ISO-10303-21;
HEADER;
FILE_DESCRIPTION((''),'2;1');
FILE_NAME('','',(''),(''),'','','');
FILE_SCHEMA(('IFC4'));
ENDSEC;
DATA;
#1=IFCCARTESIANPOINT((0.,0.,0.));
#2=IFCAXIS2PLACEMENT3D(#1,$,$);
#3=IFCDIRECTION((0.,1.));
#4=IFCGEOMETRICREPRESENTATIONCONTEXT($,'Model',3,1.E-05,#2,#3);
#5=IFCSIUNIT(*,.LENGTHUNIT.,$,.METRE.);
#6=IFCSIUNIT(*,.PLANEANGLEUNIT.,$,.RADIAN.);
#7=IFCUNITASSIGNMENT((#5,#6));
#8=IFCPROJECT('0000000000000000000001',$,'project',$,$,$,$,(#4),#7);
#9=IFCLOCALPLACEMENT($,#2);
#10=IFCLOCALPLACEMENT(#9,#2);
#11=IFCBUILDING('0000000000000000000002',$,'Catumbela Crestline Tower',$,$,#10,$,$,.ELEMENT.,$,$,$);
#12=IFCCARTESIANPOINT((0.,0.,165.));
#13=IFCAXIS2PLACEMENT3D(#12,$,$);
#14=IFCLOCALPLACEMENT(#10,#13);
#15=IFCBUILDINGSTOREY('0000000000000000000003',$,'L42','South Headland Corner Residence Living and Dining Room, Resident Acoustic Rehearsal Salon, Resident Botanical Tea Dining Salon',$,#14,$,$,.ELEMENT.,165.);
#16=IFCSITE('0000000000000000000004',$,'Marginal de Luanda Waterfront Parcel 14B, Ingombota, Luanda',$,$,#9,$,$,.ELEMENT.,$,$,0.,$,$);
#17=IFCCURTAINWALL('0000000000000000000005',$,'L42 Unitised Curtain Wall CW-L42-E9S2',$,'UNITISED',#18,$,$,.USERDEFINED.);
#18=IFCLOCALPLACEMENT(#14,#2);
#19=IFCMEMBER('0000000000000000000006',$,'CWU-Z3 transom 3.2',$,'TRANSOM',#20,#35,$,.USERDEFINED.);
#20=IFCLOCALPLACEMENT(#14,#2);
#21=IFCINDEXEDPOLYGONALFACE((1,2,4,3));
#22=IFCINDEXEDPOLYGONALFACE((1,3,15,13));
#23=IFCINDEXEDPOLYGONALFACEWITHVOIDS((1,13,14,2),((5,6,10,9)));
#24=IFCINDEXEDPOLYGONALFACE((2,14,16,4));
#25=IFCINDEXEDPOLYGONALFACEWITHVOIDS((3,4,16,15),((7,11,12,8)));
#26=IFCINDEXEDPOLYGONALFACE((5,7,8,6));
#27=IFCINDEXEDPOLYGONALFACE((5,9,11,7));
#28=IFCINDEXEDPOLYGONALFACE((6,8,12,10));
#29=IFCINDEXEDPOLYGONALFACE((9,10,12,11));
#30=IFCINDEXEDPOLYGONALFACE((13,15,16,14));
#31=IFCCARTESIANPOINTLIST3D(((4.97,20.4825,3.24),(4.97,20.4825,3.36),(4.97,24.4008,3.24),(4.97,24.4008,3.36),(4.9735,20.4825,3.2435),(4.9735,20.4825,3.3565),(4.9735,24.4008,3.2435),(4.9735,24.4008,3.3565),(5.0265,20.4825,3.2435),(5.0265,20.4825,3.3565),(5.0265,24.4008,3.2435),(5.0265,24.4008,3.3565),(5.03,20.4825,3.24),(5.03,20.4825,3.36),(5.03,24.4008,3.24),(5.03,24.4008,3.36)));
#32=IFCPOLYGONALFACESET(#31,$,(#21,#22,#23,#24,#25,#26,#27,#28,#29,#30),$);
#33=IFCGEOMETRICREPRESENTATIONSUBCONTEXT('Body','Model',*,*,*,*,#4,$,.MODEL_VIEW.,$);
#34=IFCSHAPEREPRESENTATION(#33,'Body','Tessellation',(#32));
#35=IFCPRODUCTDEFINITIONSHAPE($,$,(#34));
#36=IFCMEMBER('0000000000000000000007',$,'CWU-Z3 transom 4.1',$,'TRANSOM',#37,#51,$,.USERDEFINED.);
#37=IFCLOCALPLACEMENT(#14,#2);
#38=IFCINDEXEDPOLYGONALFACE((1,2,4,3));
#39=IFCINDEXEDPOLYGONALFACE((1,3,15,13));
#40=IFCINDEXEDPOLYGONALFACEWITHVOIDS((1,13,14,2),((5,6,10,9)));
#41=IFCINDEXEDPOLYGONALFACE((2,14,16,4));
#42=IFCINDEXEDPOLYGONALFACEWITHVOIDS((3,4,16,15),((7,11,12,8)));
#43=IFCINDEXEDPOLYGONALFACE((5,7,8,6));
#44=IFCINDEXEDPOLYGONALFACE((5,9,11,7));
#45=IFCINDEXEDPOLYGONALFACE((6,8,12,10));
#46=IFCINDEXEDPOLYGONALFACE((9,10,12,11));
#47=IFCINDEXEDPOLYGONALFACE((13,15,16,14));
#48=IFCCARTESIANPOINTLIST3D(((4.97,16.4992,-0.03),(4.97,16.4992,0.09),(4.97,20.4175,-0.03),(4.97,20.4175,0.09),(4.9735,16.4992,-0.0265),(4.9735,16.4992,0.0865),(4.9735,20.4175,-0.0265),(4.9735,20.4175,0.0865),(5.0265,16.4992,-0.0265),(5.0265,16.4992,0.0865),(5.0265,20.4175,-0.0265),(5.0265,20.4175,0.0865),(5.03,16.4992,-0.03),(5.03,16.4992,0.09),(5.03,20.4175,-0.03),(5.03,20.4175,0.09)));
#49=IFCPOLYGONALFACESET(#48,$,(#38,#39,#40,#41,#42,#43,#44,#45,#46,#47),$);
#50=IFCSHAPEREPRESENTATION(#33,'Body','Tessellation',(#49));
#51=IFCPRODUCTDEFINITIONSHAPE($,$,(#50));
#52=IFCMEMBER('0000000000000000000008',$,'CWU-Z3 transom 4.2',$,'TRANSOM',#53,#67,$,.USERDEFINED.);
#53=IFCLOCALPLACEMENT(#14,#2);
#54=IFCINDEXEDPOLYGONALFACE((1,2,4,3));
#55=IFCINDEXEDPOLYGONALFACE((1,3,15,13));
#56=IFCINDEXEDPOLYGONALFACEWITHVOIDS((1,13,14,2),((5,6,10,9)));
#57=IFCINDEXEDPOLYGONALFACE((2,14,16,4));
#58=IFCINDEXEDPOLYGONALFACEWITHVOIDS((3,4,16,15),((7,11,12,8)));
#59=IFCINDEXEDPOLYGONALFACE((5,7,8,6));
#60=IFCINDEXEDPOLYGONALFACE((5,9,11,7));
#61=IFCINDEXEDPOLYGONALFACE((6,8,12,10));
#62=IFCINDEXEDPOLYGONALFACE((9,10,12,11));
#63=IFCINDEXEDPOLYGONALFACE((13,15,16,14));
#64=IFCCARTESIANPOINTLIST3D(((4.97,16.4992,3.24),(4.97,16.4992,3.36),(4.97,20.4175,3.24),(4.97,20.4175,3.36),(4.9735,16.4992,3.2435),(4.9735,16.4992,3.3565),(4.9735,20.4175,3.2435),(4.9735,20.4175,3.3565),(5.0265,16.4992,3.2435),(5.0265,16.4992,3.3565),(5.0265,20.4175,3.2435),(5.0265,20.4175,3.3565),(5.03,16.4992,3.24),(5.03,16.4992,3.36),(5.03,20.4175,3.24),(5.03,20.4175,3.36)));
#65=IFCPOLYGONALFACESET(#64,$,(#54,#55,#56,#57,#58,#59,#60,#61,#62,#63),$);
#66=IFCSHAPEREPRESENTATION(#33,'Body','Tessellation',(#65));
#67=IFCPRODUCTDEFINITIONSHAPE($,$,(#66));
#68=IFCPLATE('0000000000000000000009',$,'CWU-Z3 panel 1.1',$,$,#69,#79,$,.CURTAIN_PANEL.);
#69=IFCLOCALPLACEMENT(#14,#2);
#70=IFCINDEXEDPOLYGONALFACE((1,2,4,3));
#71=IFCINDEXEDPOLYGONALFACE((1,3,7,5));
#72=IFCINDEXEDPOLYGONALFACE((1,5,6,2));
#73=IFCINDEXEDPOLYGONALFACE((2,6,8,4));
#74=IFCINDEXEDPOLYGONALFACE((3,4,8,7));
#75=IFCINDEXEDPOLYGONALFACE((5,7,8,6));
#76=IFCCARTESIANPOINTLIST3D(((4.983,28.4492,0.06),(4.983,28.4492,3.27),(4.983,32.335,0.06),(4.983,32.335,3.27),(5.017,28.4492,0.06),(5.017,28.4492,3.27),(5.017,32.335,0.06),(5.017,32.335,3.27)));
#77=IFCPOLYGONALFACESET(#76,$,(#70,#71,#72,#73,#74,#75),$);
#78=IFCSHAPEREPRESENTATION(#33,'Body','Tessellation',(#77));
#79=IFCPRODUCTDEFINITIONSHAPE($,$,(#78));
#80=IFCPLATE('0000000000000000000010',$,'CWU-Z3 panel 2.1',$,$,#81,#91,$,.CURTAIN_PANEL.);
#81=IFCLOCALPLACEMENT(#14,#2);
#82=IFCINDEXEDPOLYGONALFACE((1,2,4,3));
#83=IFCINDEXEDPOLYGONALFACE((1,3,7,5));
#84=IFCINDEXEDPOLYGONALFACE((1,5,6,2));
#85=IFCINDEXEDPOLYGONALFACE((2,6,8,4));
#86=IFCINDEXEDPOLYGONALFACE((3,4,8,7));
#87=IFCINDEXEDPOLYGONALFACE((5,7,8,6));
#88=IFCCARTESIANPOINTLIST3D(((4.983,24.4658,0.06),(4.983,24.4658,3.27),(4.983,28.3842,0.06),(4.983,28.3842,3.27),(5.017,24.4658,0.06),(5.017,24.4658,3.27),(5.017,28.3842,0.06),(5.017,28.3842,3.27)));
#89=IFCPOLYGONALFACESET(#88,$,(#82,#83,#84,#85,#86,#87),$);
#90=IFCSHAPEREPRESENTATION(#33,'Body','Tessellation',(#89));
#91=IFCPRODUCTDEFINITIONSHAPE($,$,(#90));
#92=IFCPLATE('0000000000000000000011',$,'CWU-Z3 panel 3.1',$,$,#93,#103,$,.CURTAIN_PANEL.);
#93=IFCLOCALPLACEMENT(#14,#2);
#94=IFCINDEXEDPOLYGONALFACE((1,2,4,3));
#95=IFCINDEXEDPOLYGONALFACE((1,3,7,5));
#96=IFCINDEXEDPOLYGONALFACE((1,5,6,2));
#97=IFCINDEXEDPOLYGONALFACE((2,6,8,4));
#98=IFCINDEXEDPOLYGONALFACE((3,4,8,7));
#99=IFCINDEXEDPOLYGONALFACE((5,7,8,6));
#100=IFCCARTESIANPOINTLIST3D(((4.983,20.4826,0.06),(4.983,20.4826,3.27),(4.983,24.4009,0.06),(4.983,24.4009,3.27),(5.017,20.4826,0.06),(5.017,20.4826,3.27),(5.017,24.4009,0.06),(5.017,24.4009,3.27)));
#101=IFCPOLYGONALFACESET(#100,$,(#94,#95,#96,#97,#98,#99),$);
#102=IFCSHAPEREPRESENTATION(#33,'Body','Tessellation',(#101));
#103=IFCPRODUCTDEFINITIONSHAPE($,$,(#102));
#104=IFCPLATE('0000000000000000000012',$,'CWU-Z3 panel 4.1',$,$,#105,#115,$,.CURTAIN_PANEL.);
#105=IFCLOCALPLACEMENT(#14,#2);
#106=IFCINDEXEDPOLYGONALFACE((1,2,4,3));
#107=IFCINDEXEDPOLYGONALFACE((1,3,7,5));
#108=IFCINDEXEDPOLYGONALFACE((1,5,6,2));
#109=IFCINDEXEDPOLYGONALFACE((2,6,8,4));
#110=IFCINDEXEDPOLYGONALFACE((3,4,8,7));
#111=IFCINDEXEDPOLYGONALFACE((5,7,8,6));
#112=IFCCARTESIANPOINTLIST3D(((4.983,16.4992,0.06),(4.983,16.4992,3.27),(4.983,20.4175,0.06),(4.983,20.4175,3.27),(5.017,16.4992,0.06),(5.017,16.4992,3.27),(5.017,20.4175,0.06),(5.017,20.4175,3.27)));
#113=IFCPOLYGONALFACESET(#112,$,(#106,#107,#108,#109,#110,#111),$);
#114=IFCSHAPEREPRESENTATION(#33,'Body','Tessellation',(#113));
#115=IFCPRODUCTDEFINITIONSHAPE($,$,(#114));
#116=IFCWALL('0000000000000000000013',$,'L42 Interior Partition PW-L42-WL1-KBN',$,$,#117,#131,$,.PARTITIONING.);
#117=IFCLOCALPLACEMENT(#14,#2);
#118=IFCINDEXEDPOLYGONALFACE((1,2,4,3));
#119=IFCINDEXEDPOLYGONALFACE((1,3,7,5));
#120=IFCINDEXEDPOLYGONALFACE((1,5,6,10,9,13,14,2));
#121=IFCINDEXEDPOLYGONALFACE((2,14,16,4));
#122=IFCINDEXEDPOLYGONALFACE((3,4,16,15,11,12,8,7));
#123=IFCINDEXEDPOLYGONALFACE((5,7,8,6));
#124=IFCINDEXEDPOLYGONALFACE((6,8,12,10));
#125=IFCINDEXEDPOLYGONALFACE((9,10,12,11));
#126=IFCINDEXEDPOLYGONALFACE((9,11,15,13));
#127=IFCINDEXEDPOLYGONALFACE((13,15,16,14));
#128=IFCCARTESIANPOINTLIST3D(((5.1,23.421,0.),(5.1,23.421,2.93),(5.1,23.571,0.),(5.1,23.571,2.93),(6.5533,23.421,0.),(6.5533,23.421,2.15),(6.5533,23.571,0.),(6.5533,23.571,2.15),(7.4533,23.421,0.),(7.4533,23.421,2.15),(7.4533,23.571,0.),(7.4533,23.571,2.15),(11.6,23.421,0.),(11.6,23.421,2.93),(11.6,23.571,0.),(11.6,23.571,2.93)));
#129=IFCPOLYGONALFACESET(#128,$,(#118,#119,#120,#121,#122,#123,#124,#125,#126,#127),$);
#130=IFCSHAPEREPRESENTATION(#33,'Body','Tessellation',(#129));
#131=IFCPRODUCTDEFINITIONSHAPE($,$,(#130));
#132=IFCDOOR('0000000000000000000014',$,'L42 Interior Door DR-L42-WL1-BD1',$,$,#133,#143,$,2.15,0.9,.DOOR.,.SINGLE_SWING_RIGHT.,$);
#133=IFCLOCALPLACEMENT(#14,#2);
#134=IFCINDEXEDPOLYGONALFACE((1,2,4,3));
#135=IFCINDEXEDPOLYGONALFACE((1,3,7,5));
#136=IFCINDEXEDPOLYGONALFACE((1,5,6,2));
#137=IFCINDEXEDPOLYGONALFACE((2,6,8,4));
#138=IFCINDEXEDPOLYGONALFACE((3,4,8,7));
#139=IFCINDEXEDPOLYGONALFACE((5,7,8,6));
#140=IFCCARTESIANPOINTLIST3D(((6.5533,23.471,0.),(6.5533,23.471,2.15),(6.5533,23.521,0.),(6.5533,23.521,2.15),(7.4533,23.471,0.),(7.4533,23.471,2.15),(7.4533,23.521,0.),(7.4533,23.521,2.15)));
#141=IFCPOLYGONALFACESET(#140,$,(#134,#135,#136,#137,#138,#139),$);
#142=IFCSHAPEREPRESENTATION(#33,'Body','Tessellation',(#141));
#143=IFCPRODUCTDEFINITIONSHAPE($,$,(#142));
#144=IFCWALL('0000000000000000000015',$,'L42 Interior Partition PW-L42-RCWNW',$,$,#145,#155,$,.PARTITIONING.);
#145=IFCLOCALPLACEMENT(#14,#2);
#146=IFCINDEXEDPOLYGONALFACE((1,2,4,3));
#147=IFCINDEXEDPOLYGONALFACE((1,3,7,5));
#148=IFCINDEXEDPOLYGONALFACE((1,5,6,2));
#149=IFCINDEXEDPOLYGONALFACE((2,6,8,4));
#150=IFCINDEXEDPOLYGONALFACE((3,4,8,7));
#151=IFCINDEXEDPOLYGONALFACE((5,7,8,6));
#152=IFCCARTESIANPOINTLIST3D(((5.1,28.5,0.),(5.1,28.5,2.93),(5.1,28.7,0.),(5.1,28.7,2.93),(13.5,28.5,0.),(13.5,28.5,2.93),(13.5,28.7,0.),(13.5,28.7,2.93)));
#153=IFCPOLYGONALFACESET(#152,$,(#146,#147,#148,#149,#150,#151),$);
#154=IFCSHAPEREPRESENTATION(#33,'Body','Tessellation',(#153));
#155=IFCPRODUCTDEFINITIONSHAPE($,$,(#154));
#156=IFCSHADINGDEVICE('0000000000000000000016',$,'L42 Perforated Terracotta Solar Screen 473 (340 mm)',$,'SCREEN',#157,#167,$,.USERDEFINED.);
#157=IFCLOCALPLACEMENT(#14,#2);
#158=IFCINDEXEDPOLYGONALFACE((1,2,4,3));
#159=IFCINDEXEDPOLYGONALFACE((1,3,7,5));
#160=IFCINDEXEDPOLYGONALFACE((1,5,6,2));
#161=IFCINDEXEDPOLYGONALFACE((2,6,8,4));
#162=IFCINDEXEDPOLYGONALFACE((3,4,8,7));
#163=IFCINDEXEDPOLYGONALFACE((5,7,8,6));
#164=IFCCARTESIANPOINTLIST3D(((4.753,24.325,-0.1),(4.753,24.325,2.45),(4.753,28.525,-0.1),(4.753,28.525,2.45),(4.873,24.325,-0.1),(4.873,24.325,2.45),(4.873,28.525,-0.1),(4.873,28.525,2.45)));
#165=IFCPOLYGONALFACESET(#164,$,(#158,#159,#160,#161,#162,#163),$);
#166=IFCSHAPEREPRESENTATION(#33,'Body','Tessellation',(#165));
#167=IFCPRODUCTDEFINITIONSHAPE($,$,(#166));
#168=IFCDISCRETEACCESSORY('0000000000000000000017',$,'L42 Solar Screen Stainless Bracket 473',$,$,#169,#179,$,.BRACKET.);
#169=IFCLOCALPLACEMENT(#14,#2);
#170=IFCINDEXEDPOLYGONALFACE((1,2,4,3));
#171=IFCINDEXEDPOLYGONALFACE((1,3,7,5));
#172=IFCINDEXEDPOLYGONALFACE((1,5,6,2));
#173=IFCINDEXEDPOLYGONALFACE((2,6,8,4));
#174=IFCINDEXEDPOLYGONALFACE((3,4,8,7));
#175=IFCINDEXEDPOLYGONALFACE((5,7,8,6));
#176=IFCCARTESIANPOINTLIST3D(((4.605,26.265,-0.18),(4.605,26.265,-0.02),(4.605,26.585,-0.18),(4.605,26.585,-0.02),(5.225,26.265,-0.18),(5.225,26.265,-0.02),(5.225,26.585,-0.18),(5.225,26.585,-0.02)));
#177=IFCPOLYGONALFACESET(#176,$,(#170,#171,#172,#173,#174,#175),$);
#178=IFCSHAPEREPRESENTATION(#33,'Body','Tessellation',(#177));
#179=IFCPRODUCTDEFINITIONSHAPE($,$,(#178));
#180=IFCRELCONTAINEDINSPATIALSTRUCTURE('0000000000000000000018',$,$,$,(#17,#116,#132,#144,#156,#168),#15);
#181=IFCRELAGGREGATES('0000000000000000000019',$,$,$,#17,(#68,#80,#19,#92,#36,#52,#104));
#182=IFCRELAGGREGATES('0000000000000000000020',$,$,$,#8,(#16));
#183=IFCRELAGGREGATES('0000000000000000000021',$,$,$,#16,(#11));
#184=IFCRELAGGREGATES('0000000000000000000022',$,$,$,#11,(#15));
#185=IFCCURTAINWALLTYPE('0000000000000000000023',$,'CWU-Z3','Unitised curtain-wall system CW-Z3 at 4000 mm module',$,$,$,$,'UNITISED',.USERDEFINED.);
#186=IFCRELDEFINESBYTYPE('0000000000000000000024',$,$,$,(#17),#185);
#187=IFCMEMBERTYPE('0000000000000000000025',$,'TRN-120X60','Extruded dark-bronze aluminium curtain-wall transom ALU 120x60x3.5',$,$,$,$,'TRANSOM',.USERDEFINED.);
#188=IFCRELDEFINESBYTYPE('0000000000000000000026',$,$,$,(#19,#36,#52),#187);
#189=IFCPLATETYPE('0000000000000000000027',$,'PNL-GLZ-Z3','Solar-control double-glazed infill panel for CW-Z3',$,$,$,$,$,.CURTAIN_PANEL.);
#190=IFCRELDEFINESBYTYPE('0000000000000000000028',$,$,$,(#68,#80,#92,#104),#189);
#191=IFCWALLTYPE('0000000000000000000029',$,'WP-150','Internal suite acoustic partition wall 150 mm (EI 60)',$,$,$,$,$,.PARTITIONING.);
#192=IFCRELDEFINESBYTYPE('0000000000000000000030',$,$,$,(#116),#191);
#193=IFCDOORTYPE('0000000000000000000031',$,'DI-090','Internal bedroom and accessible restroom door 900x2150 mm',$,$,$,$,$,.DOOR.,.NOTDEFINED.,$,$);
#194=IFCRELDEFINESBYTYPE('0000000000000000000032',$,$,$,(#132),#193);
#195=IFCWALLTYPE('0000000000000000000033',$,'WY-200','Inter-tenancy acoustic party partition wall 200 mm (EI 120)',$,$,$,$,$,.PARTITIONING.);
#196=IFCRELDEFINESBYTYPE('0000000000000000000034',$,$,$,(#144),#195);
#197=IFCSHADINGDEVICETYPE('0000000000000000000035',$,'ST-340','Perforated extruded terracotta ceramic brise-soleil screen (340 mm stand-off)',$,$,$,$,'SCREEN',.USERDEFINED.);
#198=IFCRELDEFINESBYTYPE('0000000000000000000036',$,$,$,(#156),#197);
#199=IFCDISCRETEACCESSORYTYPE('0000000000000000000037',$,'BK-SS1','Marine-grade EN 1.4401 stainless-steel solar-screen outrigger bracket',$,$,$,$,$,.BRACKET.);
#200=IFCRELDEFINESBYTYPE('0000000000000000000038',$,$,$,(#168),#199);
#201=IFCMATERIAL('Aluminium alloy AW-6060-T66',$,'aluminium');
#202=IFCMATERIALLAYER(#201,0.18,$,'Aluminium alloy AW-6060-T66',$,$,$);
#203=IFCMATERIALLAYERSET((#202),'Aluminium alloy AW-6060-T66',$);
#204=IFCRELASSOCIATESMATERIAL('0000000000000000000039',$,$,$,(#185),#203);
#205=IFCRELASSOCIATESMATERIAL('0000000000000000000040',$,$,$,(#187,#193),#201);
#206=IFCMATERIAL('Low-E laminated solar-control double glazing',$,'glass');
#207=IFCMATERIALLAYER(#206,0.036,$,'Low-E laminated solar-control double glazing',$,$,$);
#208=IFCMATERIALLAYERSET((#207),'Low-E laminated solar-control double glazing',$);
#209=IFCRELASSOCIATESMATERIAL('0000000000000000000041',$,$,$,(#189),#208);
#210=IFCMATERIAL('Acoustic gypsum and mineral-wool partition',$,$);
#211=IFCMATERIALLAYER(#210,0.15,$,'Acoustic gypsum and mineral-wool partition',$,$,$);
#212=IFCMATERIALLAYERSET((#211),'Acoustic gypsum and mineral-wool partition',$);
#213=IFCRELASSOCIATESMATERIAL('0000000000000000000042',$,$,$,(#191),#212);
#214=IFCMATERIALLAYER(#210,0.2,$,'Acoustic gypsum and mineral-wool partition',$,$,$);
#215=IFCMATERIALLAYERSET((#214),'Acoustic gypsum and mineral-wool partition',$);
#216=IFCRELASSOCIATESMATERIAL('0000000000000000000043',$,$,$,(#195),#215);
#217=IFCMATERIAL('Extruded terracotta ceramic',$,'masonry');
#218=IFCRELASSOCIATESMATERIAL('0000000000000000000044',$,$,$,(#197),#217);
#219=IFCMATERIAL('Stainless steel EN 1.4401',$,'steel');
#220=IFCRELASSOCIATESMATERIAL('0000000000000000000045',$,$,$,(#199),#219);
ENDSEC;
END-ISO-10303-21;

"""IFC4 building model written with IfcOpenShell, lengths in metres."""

from ifc_helpers import new_model, si_unit, direction, frame, frame_2d, origin, origin_2d, place, context, subcontext, project, spatial, rectangle, hollow_rectangle, extrude, material, layer, layer_set, material_profile, profile_set, type_object, element, fill, aggregate, save


model = new_model("IFC4")

# Units and contexts
model_context = context("Model", 3, precision=1e-05, world=origin(), true_north=direction((0.0, 1.0)))
body_context = subcontext(model_context, "Body", "Model", "MODEL_VIEW")
ifc_project = project(units=[si_unit("LENGTHUNIT", "METRE"), si_unit("PLANEANGLEUNIT", "RADIAN")], contexts=[model_context])

# Site, building, storey
site_placement = place(None, origin())
site = spatial("IfcSite", under=ifc_project, at=site_placement, Name="Marginal de Luanda Waterfront Parcel 14B, Ingombota, Luanda", CompositionType="ELEMENT", RefElevation=0.0)
building_placement = place(site_placement, origin())
building = spatial("IfcBuilding", under=site, at=building_placement, Name="Catumbela Crestline Tower", CompositionType="ELEMENT")
storey_placement = place(building_placement, frame((0.0, 0.0, 165.0)))
storey = spatial("IfcBuildingStorey", under=building, at=storey_placement, Name="L42", Description="South Headland Corner Residence Living and Dining Room, Resident Acoustic Rehearsal Salon, Resident Botanical Tea Dining Salon", CompositionType="ELEMENT", Elevation=165.0)

# Curtain wall
ifc_material_1 = material(Name="Aluminium alloy AW-6060-T66", Category="aluminium")
ifc_layer_1 = layer(ifc_material_1, 0.18, Name="Aluminium alloy AW-6060-T66")
ifc_layer_set_1 = layer_set([ifc_layer_1], Name="Aluminium alloy AW-6060-T66")
curtain_wall_type = type_object("IfcCurtainWallType", Name="CWU-Z3", Description="Unitised curtain-wall system CW-Z3 at 4000 mm module", ElementType="UNITISED", PredefinedType="USERDEFINED", material=ifc_layer_set_1)
curtain_wall_placement = place(storey_placement, origin())
curtain_wall = element("IfcCurtainWall", 1, at=curtain_wall_placement, inside=storey, type_object=curtain_wall_type, Name="L42 Unitised Curtain Wall CW-L42-E9S2", ObjectType="UNITISED", PredefinedType="USERDEFINED")

# Members
ifc_material_profile_1 = material_profile(ifc_material_1, hollow_rectangle(XDim=0.06, YDim=0.12, WallThickness=0.0035, at=origin_2d()), Name="ALU 120x60x3.5")
ifc_profile_set_1 = profile_set([ifc_material_profile_1], Name="Aluminium alloy AW-6060-T66")
member_type_1 = type_object("IfcMemberType", Name="TRN-120X60", Description="Extruded dark-bronze aluminium curtain-wall transom ALU 120x60x3.5", ElementType="TRANSOM", PredefinedType="USERDEFINED", material=ifc_profile_set_1)
member_1_placement = place(storey_placement, frame((5.0, 24.4008, 3.3), z_axis=(0.0, -1.0, 0.0), x_axis=(1.0, 0.0, 0.0)))
member_1 = element("IfcMember", 2, at=member_1_placement, type_object=member_type_1, Name="CWU-Z3 transom 3.2", ObjectType="TRANSOM", PredefinedType="USERDEFINED", context=body_context, shape_type="SweptSolid", body=[
    extrude(hollow_rectangle(XDim=0.06, YDim=0.12, WallThickness=0.0035, at=origin_2d()), origin(), (0.0, 0.0, 1.0), 3.9183),
])
member_2_placement = place(storey_placement, frame((5.0, 20.4175, 0.03), z_axis=(0.0, -1.0, 0.0), x_axis=(1.0, 0.0, 0.0)))
member_2 = element("IfcMember", 3, at=member_2_placement, type_object=member_type_1, Name="CWU-Z3 transom 4.1", ObjectType="TRANSOM", PredefinedType="USERDEFINED", context=body_context, shape_type="SweptSolid", body=[
    extrude(hollow_rectangle(XDim=0.06, YDim=0.12, WallThickness=0.0035, at=origin_2d()), origin(), (0.0, 0.0, 1.0), 3.9183),
])
member_3_placement = place(storey_placement, frame((5.0, 20.4175, 3.3), z_axis=(0.0, -1.0, 0.0), x_axis=(1.0, 0.0, 0.0)))
member_3 = element("IfcMember", 4, at=member_3_placement, type_object=member_type_1, Name="CWU-Z3 transom 4.2", ObjectType="TRANSOM", PredefinedType="USERDEFINED", context=body_context, shape_type="SweptSolid", body=[
    extrude(hollow_rectangle(XDim=0.06, YDim=0.12, WallThickness=0.0035, at=origin_2d()), origin(), (0.0, 0.0, 1.0), 3.9183),
])

# Plates
ifc_material_2 = material(Name="Low-E laminated solar-control double glazing", Category="glass")
ifc_layer_2 = layer(ifc_material_2, 0.036, Name="Low-E laminated solar-control double glazing")
ifc_layer_set_2 = layer_set([ifc_layer_2], Name="Low-E laminated solar-control double glazing")
plate_type = type_object("IfcPlateType", Name="PNL-GLZ-Z3", Description="Solar-control double-glazed infill panel for CW-Z3", PredefinedType="CURTAIN_PANEL", material=ifc_layer_set_2)
plate_1_placement = place(storey_placement, frame((5.0, 30.3921, 0.06), z_axis=(0.0, 0.0, 1.0), x_axis=(0.0, -1.0, 0.0)))
plate_1 = element("IfcPlate", 5, at=plate_1_placement, type_object=plate_type, Name="CWU-Z3 panel 1.1", PredefinedType="CURTAIN_PANEL", context=body_context, shape_type="SweptSolid", body=[
    extrude(rectangle(XDim=3.8858, YDim=0.034, at=origin_2d()), origin(), (0.0, 0.0, 1.0), 3.21),
])
plate_2_placement = place(storey_placement, frame((5.0, 26.425, 0.06), z_axis=(0.0, 0.0, 1.0), x_axis=(0.0, -1.0, 0.0)))
plate_2 = element("IfcPlate", 6, at=plate_2_placement, type_object=plate_type, Name="CWU-Z3 panel 2.1", PredefinedType="CURTAIN_PANEL", context=body_context, shape_type="SweptSolid", body=[
    extrude(rectangle(XDim=3.9183, YDim=0.034, at=origin_2d()), origin(), (0.0, 0.0, 1.0), 3.21),
])
plate_3_placement = place(storey_placement, frame((5.0, 22.4417, 0.06), z_axis=(0.0, 0.0, 1.0), x_axis=(0.0, -1.0, 0.0)))
plate_3 = element("IfcPlate", 7, at=plate_3_placement, type_object=plate_type, Name="CWU-Z3 panel 3.1", PredefinedType="CURTAIN_PANEL", context=body_context, shape_type="SweptSolid", body=[
    extrude(rectangle(XDim=3.9183, YDim=0.034, at=origin_2d()), origin(), (0.0, 0.0, 1.0), 3.21),
])
plate_4_placement = place(storey_placement, frame((5.0, 18.4583, 0.06), z_axis=(0.0, 0.0, 1.0), x_axis=(0.0, -1.0, 0.0)))
plate_4 = element("IfcPlate", 8, at=plate_4_placement, type_object=plate_type, Name="CWU-Z3 panel 4.1", PredefinedType="CURTAIN_PANEL", context=body_context, shape_type="SweptSolid", body=[
    extrude(rectangle(XDim=3.9183, YDim=0.034, at=origin_2d()), origin(), (0.0, 0.0, 1.0), 3.21),
])
aggregate(curtain_wall, [plate_1, plate_2, member_1, plate_3, member_2, member_3, plate_4])

# Wall, opening, door
ifc_material_3 = material(Name="Acoustic gypsum and mineral-wool partition")
ifc_layer_3 = layer(ifc_material_3, 0.15, Name="Acoustic gypsum and mineral-wool partition")
ifc_layer_set_3 = layer_set([ifc_layer_3], Name="Acoustic gypsum and mineral-wool partition")
wall_type_1 = type_object("IfcWallType", Name="WP-150", Description="Internal suite acoustic partition wall 150 mm (EI 60)", PredefinedType="PARTITIONING", material=ifc_layer_set_3)
wall_1_placement = place(storey_placement, frame((5.1, 23.496, 0.0), z_axis=(0.0, 0.0, 1.0), x_axis=(1.0, 0.0, 0.0)))
wall_1 = element("IfcWall", 9, at=wall_1_placement, inside=storey, type_object=wall_type_1, Name="L42 Interior Partition PW-L42-WL1-KBN", PredefinedType="PARTITIONING", context=body_context, shape_type="SweptSolid", body=[
    extrude(rectangle(XDim=6.5, YDim=0.15, at=frame_2d((3.25, 0.0))), origin(), (0.0, 0.0, 1.0), 2.93),
])
opening_placement = place(wall_1_placement, frame((1.4533, 0.0, 0.0)))
opening = element("IfcOpeningElement", 10, at=opening_placement, cuts=wall_1, PredefinedType="OPENING", context=body_context, shape_type="SweptSolid", body=[
    extrude(rectangle(XDim=0.9, YDim=2.15, at=frame_2d((0.45, 1.075))), frame((0.0, 0.085, 0.0), z_axis=(0.0, -1.0, 0.0), x_axis=(1.0, 0.0, 0.0)), (0.0, 0.0, 1.0), 0.17),
])
door_type = type_object("IfcDoorType", Name="DI-090", Description="Internal bedroom and accessible restroom door 900x2150 mm", OperationType="NOTDEFINED", PredefinedType="DOOR", material=ifc_material_1)
door_placement = place(opening_placement, origin())
door = element("IfcDoor", 11, at=door_placement, inside=storey, type_object=door_type, Name="L42 Interior Door DR-L42-WL1-BD1", OperationType="SINGLE_SWING_RIGHT", OverallHeight=2.15, OverallWidth=0.9, PredefinedType="DOOR", context=body_context, shape_type="SweptSolid", body=[
    extrude(rectangle(XDim=0.9, YDim=2.15, at=frame_2d((0.45, 1.075))), frame((0.0, 0.025, 0.0), z_axis=(0.0, -1.0, 0.0), x_axis=(1.0, 0.0, 0.0)), (0.0, 0.0, 1.0), 0.05),
])
fill(opening, door)

# Wall
ifc_layer_4 = layer(ifc_material_3, 0.2, Name="Acoustic gypsum and mineral-wool partition")
ifc_layer_set_4 = layer_set([ifc_layer_4], Name="Acoustic gypsum and mineral-wool partition")
wall_type_2 = type_object("IfcWallType", Name="WY-200", Description="Inter-tenancy acoustic party partition wall 200 mm (EI 120)", PredefinedType="PARTITIONING", material=ifc_layer_set_4)
wall_2_placement = place(storey_placement, frame((5.1, 28.6, 0.0), z_axis=(0.0, 0.0, 1.0), x_axis=(1.0, 0.0, 0.0)))
element("IfcWall", 12, at=wall_2_placement, inside=storey, type_object=wall_type_2, Name="L42 Interior Partition PW-L42-RCWNW", PredefinedType="PARTITIONING", context=body_context, shape_type="SweptSolid", body=[
    extrude(rectangle(XDim=8.4, YDim=0.2, at=frame_2d((4.2, 0.0))), origin(), (0.0, 0.0, 1.0), 2.93),
])

# Shading device
ifc_material_4 = material(Name="Extruded terracotta ceramic", Category="masonry")
shading_device_type = type_object("IfcShadingDeviceType", Name="ST-340", Description="Perforated extruded terracotta ceramic brise-soleil screen (340 mm stand-off)", ElementType="SCREEN", PredefinedType="USERDEFINED", material=ifc_material_4)
shading_device_placement = place(storey_placement, frame((4.813, 26.425, -0.1), z_axis=(0.0, 0.0, 1.0), x_axis=(0.0, -1.0, 0.0)))
element("IfcShadingDevice", 13, at=shading_device_placement, inside=storey, type_object=shading_device_type, Name="L42 Perforated Terracotta Solar Screen 473 (340 mm)", ObjectType="SCREEN", PredefinedType="USERDEFINED", context=body_context, shape_type="SweptSolid", body=[
    extrude(rectangle(XDim=4.2, YDim=0.12, at=origin_2d()), origin(), (0.0, 0.0, 1.0), 2.55),
])

# Discrete accessory
ifc_material_5 = material(Name="Stainless steel EN 1.4401", Category="steel")
discrete_accessory_type = type_object("IfcDiscreteAccessoryType", Name="BK-SS1", Description="Marine-grade EN 1.4401 stainless-steel solar-screen outrigger bracket", PredefinedType="BRACKET", material=ifc_material_5)
discrete_accessory_placement = place(storey_placement, frame((4.915, 26.425, -0.18), z_axis=(0.0, 0.0, 1.0), x_axis=(0.0, -1.0, 0.0)))
element("IfcDiscreteAccessory", 14, at=discrete_accessory_placement, inside=storey, type_object=discrete_accessory_type, Name="L42 Solar Screen Stainless Bracket 473", PredefinedType="BRACKET", context=body_context, shape_type="SweptSolid", body=[
    extrude(rectangle(XDim=0.32, YDim=0.62, at=origin_2d()), origin(), (0.0, 0.0, 1.0), 0.16),
])

save(model, "model.ifc")
